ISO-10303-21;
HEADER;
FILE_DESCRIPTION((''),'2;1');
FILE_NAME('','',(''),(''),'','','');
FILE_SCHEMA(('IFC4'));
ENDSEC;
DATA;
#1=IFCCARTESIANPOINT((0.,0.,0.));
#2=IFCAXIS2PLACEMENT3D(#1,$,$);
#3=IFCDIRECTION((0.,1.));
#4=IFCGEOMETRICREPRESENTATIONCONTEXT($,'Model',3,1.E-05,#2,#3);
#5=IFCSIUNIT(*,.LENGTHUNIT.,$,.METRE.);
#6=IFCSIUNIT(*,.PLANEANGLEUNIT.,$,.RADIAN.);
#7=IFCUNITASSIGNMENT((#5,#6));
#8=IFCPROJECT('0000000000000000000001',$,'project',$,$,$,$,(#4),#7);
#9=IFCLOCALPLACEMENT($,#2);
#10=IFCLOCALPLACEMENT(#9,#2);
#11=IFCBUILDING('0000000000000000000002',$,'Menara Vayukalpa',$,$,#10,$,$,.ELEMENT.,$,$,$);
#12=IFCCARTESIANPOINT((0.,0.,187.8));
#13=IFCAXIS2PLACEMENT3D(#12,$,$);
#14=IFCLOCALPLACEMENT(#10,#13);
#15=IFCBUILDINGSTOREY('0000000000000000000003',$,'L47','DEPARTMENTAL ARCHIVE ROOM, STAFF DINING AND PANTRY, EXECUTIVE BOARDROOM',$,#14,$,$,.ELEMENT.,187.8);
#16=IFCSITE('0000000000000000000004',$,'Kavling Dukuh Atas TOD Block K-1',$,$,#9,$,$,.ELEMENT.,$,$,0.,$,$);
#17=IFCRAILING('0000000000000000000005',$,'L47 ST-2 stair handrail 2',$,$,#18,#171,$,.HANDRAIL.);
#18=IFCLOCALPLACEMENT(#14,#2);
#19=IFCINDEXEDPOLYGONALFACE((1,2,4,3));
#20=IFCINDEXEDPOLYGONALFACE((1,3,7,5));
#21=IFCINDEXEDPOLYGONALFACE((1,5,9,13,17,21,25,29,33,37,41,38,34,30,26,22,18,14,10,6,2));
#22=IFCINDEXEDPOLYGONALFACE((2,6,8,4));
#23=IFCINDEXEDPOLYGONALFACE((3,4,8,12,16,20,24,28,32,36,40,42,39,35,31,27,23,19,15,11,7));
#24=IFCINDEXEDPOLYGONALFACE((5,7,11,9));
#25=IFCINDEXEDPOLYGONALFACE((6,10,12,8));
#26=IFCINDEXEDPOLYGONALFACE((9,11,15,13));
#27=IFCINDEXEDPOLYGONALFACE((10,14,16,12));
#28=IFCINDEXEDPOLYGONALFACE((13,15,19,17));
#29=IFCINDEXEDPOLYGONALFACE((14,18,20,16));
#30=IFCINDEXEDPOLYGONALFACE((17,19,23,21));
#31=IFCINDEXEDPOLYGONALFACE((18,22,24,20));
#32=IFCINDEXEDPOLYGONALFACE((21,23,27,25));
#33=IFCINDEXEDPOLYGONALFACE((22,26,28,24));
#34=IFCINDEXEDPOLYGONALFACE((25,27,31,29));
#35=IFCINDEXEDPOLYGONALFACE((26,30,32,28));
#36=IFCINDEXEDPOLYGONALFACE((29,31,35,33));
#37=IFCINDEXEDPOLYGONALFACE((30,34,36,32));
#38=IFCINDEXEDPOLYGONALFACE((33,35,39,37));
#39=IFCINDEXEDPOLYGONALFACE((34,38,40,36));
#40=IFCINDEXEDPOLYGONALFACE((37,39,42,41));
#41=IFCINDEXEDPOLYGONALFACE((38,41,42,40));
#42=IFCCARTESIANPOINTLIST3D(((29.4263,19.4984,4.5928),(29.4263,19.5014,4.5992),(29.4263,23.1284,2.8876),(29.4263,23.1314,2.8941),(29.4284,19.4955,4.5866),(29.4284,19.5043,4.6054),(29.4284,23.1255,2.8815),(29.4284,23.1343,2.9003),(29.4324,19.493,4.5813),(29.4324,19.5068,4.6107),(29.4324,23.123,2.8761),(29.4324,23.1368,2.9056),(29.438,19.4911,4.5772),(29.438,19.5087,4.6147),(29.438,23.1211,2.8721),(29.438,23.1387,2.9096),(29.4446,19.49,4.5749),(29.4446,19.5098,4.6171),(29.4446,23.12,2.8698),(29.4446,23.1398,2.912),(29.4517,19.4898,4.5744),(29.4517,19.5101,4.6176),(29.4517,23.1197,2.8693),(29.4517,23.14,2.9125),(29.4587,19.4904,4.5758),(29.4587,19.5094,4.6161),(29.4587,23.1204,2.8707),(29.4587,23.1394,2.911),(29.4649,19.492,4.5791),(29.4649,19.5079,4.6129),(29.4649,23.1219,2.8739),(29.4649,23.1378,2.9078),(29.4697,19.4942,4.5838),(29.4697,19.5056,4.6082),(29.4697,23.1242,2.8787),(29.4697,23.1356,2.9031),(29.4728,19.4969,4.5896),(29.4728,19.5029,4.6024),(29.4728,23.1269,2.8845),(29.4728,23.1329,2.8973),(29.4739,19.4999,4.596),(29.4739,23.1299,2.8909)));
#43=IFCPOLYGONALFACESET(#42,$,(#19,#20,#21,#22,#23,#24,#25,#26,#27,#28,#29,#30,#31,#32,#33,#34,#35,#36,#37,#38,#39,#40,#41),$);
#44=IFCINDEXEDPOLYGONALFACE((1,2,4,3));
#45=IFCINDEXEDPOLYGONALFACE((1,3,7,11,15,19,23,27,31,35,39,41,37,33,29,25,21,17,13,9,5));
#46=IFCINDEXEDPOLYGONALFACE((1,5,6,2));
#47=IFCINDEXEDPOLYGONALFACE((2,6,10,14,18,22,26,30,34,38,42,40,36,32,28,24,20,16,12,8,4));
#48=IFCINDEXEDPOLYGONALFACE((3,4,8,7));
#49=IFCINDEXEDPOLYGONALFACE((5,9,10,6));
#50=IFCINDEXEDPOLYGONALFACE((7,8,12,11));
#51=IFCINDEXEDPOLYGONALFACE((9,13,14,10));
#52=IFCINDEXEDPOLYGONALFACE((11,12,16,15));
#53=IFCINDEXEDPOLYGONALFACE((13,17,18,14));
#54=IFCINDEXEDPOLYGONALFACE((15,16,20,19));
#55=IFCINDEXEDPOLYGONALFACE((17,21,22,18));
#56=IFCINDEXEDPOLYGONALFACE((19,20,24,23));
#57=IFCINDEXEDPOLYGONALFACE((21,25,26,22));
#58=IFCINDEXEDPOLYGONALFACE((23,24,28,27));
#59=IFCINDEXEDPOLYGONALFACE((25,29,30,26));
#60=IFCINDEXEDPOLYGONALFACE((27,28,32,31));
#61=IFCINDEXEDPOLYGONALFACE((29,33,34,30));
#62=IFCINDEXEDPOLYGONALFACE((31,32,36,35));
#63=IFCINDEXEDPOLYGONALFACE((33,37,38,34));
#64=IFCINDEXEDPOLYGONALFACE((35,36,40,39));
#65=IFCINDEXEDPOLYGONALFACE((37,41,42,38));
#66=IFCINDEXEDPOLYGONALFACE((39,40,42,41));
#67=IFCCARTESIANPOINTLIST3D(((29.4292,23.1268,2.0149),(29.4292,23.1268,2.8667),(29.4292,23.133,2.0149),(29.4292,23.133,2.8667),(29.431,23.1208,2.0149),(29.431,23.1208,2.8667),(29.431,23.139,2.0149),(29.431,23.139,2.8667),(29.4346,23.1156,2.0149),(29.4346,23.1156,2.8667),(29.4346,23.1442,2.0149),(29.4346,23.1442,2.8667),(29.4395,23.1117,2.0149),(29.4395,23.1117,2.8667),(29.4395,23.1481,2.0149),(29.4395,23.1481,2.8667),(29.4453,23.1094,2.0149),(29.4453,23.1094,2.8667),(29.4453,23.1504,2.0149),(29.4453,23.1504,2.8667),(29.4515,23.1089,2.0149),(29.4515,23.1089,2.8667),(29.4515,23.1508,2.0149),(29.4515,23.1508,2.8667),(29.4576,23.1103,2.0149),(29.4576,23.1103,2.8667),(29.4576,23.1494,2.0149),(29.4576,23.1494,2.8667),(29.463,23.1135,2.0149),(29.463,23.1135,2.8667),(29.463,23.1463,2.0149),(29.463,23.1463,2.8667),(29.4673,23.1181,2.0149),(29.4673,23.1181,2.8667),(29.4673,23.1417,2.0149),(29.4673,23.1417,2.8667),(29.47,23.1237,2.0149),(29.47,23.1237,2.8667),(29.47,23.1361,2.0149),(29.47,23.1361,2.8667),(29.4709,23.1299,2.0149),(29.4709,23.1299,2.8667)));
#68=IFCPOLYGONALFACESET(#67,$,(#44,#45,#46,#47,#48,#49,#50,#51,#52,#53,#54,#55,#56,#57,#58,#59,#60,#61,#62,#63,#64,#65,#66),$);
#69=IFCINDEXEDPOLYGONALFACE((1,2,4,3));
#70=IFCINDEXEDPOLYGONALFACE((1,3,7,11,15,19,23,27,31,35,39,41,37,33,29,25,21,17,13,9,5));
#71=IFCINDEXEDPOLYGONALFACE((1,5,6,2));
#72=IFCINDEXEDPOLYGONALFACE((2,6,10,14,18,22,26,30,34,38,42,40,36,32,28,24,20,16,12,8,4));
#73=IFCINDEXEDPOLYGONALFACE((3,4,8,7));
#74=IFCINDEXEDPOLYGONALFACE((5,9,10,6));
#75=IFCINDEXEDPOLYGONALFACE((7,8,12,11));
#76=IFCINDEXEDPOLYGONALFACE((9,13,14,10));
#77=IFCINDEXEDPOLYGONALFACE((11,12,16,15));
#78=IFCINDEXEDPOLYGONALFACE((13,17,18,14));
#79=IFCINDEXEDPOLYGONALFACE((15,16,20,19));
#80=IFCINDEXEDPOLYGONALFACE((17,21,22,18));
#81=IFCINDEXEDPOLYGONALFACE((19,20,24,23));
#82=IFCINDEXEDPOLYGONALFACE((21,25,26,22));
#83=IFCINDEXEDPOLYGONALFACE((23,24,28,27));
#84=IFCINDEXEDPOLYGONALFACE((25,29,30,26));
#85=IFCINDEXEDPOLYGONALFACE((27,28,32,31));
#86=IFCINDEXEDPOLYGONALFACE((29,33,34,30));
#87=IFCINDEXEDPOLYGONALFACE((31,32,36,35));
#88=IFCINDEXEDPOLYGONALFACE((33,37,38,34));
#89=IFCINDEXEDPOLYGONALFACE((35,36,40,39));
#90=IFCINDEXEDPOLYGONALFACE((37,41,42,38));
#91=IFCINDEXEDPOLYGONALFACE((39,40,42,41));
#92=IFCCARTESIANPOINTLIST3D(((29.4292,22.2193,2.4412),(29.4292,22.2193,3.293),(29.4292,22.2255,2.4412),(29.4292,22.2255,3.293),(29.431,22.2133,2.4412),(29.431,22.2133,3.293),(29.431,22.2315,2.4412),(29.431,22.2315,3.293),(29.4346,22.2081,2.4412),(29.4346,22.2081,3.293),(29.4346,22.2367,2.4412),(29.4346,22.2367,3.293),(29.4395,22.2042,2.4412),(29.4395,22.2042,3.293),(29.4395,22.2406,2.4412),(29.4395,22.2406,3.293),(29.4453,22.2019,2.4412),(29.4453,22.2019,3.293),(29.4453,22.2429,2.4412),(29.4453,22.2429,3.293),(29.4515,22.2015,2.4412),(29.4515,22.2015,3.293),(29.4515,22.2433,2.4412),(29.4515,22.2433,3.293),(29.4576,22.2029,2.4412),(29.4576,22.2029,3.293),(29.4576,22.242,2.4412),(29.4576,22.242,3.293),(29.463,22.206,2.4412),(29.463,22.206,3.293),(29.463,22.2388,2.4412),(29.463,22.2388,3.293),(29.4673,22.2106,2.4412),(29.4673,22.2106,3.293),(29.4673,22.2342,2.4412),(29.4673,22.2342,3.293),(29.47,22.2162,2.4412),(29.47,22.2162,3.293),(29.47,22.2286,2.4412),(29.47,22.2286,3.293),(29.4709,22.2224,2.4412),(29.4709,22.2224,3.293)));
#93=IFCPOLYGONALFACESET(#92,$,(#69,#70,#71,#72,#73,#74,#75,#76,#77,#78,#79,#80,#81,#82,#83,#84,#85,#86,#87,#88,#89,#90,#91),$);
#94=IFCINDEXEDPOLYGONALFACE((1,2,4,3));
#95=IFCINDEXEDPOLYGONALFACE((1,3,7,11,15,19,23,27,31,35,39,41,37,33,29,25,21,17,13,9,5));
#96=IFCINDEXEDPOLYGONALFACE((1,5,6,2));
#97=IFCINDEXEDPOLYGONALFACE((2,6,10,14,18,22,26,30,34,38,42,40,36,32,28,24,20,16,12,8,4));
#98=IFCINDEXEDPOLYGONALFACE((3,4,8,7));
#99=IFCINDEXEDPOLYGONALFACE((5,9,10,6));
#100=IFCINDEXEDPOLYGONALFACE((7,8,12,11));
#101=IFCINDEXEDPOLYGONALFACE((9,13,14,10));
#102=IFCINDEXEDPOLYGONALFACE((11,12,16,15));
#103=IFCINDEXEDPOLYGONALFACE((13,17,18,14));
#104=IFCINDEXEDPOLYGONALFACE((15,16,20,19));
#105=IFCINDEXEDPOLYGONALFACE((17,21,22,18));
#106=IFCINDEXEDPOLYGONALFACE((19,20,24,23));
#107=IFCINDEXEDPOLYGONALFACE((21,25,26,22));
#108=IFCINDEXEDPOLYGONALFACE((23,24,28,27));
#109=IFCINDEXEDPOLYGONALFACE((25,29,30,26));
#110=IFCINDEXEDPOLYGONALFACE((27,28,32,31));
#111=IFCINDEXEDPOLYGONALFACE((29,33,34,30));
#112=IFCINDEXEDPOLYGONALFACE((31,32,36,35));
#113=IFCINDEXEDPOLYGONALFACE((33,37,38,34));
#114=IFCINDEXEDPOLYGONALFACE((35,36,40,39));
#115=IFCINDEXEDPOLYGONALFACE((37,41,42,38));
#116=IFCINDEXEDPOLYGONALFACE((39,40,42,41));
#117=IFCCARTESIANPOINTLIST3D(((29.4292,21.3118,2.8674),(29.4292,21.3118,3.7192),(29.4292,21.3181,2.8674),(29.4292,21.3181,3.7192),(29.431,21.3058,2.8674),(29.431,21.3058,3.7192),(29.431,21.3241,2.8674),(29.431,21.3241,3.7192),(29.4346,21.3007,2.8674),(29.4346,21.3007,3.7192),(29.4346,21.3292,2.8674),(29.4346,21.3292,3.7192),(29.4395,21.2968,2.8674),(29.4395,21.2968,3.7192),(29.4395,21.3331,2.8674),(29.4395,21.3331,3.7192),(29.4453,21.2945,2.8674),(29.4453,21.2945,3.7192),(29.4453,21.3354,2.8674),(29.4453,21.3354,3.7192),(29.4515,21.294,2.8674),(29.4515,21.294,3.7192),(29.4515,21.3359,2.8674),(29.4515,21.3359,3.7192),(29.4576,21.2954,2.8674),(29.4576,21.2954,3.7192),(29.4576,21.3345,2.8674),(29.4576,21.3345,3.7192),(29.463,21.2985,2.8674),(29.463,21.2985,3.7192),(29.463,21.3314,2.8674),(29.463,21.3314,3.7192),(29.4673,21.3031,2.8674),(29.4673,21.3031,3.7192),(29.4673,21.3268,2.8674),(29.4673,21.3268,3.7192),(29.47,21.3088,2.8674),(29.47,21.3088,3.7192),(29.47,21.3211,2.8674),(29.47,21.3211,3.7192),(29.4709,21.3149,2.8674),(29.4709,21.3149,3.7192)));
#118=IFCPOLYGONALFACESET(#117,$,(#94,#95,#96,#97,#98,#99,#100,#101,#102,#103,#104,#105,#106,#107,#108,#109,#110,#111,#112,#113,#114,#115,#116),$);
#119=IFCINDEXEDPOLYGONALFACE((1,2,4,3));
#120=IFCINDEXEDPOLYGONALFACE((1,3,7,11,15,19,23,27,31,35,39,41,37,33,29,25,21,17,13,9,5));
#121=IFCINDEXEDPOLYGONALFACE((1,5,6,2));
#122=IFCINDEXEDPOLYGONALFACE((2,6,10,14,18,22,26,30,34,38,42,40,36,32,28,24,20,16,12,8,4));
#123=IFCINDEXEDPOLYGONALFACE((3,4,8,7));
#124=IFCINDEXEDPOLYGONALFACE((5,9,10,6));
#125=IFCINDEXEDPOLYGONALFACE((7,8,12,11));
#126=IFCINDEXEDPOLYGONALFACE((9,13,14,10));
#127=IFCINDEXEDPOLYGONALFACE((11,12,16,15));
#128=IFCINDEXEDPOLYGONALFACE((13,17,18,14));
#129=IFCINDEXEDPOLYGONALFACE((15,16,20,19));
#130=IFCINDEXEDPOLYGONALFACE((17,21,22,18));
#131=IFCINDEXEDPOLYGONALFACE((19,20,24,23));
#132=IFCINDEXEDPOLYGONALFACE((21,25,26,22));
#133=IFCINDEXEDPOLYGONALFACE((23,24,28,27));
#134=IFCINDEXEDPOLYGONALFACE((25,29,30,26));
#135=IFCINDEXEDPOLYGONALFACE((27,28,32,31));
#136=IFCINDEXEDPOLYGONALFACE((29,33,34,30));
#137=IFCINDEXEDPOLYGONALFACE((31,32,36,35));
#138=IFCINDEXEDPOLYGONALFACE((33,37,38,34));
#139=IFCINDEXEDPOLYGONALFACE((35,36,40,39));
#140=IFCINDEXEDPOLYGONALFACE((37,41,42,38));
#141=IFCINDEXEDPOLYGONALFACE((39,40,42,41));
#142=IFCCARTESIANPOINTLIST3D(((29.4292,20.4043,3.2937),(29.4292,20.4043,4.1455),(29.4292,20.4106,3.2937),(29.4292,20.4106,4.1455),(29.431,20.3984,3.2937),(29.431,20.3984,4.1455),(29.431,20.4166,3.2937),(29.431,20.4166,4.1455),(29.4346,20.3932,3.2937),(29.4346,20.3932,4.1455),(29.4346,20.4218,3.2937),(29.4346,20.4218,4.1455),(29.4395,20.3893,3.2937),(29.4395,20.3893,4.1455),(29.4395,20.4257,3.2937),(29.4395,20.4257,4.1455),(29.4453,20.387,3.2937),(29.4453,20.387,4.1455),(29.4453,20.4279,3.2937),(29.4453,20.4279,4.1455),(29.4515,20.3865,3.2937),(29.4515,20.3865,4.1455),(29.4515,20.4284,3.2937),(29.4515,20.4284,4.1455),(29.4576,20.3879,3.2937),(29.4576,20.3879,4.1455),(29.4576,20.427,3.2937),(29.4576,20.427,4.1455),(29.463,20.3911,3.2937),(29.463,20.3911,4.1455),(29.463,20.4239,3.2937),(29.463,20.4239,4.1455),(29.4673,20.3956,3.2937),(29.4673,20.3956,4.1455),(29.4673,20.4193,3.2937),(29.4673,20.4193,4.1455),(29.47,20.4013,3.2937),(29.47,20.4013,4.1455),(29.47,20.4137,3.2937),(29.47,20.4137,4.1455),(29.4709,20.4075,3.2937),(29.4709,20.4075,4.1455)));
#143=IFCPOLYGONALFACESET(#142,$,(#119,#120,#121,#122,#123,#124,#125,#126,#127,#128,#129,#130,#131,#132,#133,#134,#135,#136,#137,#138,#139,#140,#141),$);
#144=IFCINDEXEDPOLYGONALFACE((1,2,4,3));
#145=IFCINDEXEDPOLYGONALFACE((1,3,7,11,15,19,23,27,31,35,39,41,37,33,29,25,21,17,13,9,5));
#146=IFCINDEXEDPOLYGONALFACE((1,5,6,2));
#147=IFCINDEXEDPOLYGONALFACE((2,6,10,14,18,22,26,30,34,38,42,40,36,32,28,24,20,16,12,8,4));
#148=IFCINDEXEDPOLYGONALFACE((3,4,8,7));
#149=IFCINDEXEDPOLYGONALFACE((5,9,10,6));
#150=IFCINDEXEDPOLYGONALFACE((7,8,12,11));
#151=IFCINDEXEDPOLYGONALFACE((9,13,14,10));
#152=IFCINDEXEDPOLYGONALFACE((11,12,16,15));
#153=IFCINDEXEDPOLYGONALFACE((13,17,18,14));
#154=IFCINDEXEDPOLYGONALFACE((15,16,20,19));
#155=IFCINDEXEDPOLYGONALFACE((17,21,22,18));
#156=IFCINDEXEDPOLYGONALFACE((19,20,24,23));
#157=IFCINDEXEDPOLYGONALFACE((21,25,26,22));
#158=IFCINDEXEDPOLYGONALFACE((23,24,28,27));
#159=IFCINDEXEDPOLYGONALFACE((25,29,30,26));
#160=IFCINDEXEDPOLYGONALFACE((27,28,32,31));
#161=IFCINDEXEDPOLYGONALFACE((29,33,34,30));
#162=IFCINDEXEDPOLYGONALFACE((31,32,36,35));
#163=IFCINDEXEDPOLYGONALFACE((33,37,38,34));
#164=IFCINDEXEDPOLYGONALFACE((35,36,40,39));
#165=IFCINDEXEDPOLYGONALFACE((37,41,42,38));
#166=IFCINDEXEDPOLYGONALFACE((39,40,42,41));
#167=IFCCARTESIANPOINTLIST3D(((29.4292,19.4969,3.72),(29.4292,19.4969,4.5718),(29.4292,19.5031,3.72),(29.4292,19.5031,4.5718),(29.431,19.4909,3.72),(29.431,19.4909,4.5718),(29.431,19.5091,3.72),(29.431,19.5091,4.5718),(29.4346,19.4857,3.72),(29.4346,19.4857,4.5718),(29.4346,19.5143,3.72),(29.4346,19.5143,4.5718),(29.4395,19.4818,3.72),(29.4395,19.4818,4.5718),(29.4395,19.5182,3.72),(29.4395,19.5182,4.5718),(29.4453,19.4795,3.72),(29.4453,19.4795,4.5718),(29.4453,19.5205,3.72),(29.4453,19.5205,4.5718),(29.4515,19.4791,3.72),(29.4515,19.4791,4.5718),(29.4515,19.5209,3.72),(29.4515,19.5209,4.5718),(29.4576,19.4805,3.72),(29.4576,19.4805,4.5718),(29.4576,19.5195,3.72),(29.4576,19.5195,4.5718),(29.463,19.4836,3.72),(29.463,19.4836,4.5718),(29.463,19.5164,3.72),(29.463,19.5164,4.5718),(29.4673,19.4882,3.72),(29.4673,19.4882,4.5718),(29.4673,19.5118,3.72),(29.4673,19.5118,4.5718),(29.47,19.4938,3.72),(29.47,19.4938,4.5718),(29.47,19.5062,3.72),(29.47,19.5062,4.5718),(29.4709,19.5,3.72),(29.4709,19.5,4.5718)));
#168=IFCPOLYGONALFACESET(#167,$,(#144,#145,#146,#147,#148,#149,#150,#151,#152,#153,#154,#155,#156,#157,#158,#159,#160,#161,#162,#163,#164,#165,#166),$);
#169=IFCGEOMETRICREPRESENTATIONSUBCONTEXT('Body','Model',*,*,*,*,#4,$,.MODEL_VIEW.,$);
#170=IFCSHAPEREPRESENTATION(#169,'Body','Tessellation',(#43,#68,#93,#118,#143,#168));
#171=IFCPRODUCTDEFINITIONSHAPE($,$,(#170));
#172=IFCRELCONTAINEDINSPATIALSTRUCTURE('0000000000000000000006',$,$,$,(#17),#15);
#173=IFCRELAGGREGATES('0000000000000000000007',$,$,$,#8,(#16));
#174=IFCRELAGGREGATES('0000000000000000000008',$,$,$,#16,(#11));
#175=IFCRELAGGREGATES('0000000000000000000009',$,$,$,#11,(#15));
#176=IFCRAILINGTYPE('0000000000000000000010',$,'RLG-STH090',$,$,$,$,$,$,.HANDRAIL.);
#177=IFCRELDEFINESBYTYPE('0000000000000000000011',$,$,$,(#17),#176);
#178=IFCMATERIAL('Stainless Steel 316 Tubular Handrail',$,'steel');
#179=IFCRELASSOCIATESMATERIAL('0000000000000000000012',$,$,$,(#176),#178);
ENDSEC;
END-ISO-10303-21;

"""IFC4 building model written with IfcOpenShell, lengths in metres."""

from ifc_helpers import new_model, si_unit, direction, frame, origin, origin_2d, place, context, subcontext, project, spatial, circle, extrude, material, type_object, element, save


model = new_model("IFC4")

# Units and contexts
model_context = context("Model", 3, precision=1e-05, world=origin(), true_north=direction((0.0, 1.0)))
body_context = subcontext(model_context, "Body", "Model", "MODEL_VIEW")
ifc_project = project(units=[si_unit("LENGTHUNIT", "METRE"), si_unit("PLANEANGLEUNIT", "RADIAN")], contexts=[model_context])

# Site, building, storey
site_placement = place(None, origin())
site = spatial("IfcSite", under=ifc_project, at=site_placement, Name="Kavling Dukuh Atas TOD Block K-1", CompositionType="ELEMENT", RefElevation=0.0)
building_placement = place(site_placement, origin())
building = spatial("IfcBuilding", under=site, at=building_placement, Name="Menara Vayukalpa", CompositionType="ELEMENT")
storey_placement = place(building_placement, frame((0.0, 0.0, 187.8)))
storey = spatial("IfcBuildingStorey", under=building, at=storey_placement, Name="L47", Description="DEPARTMENTAL ARCHIVE ROOM, STAFF DINING AND PANTRY, EXECUTIVE BOARDROOM", CompositionType="ELEMENT", Elevation=187.8)

# Railing
ifc_material_1 = material(Name="Stainless Steel 316 Tubular Handrail", Category="steel")
railing_type_1 = type_object("IfcRailingType", Name="RLG-STH090", PredefinedType="HANDRAIL", material=ifc_material_1)
railing_1_placement = place(storey_placement, frame((29.45, 23.1299, 2.0149)))
element("IfcRailing", 1, at=railing_1_placement, inside=storey, type_object=railing_type_1, Name="L47 ST-2 stair handrail 2", PredefinedType="HANDRAIL", context=body_context, shape_type="SweptSolid", body=[
    extrude(circle(Radius=0.0239, at=origin_2d()), frame((0.0, 0.0, 0.876), z_axis=(0.0, -0.905116, 0.425164), x_axis=(1.0, 0.0, 0.0)), (0.0, 0.0, 1.0), 4.0105),
    extrude(circle(Radius=0.021, at=origin_2d()), origin(), (0.0, 0.0, 1.0), 0.8518),
    extrude(circle(Radius=0.021, at=origin_2d()), frame((0.0, -0.9075, 0.4263)), (0.0, 0.0, 1.0), 0.8518),
    extrude(circle(Radius=0.021, at=origin_2d()), frame((0.0, -1.8149, 0.8525)), (0.0, 0.0, 1.0), 0.8518),
    extrude(circle(Radius=0.021, at=origin_2d()), frame((0.0, -2.7224, 1.2788)), (0.0, 0.0, 1.0), 0.8518),
    extrude(circle(Radius=0.021, at=origin_2d()), frame((0.0, -3.6299, 1.7051)), (0.0, 0.0, 1.0), 0.8518),
])

save(model, "model.ifc")
